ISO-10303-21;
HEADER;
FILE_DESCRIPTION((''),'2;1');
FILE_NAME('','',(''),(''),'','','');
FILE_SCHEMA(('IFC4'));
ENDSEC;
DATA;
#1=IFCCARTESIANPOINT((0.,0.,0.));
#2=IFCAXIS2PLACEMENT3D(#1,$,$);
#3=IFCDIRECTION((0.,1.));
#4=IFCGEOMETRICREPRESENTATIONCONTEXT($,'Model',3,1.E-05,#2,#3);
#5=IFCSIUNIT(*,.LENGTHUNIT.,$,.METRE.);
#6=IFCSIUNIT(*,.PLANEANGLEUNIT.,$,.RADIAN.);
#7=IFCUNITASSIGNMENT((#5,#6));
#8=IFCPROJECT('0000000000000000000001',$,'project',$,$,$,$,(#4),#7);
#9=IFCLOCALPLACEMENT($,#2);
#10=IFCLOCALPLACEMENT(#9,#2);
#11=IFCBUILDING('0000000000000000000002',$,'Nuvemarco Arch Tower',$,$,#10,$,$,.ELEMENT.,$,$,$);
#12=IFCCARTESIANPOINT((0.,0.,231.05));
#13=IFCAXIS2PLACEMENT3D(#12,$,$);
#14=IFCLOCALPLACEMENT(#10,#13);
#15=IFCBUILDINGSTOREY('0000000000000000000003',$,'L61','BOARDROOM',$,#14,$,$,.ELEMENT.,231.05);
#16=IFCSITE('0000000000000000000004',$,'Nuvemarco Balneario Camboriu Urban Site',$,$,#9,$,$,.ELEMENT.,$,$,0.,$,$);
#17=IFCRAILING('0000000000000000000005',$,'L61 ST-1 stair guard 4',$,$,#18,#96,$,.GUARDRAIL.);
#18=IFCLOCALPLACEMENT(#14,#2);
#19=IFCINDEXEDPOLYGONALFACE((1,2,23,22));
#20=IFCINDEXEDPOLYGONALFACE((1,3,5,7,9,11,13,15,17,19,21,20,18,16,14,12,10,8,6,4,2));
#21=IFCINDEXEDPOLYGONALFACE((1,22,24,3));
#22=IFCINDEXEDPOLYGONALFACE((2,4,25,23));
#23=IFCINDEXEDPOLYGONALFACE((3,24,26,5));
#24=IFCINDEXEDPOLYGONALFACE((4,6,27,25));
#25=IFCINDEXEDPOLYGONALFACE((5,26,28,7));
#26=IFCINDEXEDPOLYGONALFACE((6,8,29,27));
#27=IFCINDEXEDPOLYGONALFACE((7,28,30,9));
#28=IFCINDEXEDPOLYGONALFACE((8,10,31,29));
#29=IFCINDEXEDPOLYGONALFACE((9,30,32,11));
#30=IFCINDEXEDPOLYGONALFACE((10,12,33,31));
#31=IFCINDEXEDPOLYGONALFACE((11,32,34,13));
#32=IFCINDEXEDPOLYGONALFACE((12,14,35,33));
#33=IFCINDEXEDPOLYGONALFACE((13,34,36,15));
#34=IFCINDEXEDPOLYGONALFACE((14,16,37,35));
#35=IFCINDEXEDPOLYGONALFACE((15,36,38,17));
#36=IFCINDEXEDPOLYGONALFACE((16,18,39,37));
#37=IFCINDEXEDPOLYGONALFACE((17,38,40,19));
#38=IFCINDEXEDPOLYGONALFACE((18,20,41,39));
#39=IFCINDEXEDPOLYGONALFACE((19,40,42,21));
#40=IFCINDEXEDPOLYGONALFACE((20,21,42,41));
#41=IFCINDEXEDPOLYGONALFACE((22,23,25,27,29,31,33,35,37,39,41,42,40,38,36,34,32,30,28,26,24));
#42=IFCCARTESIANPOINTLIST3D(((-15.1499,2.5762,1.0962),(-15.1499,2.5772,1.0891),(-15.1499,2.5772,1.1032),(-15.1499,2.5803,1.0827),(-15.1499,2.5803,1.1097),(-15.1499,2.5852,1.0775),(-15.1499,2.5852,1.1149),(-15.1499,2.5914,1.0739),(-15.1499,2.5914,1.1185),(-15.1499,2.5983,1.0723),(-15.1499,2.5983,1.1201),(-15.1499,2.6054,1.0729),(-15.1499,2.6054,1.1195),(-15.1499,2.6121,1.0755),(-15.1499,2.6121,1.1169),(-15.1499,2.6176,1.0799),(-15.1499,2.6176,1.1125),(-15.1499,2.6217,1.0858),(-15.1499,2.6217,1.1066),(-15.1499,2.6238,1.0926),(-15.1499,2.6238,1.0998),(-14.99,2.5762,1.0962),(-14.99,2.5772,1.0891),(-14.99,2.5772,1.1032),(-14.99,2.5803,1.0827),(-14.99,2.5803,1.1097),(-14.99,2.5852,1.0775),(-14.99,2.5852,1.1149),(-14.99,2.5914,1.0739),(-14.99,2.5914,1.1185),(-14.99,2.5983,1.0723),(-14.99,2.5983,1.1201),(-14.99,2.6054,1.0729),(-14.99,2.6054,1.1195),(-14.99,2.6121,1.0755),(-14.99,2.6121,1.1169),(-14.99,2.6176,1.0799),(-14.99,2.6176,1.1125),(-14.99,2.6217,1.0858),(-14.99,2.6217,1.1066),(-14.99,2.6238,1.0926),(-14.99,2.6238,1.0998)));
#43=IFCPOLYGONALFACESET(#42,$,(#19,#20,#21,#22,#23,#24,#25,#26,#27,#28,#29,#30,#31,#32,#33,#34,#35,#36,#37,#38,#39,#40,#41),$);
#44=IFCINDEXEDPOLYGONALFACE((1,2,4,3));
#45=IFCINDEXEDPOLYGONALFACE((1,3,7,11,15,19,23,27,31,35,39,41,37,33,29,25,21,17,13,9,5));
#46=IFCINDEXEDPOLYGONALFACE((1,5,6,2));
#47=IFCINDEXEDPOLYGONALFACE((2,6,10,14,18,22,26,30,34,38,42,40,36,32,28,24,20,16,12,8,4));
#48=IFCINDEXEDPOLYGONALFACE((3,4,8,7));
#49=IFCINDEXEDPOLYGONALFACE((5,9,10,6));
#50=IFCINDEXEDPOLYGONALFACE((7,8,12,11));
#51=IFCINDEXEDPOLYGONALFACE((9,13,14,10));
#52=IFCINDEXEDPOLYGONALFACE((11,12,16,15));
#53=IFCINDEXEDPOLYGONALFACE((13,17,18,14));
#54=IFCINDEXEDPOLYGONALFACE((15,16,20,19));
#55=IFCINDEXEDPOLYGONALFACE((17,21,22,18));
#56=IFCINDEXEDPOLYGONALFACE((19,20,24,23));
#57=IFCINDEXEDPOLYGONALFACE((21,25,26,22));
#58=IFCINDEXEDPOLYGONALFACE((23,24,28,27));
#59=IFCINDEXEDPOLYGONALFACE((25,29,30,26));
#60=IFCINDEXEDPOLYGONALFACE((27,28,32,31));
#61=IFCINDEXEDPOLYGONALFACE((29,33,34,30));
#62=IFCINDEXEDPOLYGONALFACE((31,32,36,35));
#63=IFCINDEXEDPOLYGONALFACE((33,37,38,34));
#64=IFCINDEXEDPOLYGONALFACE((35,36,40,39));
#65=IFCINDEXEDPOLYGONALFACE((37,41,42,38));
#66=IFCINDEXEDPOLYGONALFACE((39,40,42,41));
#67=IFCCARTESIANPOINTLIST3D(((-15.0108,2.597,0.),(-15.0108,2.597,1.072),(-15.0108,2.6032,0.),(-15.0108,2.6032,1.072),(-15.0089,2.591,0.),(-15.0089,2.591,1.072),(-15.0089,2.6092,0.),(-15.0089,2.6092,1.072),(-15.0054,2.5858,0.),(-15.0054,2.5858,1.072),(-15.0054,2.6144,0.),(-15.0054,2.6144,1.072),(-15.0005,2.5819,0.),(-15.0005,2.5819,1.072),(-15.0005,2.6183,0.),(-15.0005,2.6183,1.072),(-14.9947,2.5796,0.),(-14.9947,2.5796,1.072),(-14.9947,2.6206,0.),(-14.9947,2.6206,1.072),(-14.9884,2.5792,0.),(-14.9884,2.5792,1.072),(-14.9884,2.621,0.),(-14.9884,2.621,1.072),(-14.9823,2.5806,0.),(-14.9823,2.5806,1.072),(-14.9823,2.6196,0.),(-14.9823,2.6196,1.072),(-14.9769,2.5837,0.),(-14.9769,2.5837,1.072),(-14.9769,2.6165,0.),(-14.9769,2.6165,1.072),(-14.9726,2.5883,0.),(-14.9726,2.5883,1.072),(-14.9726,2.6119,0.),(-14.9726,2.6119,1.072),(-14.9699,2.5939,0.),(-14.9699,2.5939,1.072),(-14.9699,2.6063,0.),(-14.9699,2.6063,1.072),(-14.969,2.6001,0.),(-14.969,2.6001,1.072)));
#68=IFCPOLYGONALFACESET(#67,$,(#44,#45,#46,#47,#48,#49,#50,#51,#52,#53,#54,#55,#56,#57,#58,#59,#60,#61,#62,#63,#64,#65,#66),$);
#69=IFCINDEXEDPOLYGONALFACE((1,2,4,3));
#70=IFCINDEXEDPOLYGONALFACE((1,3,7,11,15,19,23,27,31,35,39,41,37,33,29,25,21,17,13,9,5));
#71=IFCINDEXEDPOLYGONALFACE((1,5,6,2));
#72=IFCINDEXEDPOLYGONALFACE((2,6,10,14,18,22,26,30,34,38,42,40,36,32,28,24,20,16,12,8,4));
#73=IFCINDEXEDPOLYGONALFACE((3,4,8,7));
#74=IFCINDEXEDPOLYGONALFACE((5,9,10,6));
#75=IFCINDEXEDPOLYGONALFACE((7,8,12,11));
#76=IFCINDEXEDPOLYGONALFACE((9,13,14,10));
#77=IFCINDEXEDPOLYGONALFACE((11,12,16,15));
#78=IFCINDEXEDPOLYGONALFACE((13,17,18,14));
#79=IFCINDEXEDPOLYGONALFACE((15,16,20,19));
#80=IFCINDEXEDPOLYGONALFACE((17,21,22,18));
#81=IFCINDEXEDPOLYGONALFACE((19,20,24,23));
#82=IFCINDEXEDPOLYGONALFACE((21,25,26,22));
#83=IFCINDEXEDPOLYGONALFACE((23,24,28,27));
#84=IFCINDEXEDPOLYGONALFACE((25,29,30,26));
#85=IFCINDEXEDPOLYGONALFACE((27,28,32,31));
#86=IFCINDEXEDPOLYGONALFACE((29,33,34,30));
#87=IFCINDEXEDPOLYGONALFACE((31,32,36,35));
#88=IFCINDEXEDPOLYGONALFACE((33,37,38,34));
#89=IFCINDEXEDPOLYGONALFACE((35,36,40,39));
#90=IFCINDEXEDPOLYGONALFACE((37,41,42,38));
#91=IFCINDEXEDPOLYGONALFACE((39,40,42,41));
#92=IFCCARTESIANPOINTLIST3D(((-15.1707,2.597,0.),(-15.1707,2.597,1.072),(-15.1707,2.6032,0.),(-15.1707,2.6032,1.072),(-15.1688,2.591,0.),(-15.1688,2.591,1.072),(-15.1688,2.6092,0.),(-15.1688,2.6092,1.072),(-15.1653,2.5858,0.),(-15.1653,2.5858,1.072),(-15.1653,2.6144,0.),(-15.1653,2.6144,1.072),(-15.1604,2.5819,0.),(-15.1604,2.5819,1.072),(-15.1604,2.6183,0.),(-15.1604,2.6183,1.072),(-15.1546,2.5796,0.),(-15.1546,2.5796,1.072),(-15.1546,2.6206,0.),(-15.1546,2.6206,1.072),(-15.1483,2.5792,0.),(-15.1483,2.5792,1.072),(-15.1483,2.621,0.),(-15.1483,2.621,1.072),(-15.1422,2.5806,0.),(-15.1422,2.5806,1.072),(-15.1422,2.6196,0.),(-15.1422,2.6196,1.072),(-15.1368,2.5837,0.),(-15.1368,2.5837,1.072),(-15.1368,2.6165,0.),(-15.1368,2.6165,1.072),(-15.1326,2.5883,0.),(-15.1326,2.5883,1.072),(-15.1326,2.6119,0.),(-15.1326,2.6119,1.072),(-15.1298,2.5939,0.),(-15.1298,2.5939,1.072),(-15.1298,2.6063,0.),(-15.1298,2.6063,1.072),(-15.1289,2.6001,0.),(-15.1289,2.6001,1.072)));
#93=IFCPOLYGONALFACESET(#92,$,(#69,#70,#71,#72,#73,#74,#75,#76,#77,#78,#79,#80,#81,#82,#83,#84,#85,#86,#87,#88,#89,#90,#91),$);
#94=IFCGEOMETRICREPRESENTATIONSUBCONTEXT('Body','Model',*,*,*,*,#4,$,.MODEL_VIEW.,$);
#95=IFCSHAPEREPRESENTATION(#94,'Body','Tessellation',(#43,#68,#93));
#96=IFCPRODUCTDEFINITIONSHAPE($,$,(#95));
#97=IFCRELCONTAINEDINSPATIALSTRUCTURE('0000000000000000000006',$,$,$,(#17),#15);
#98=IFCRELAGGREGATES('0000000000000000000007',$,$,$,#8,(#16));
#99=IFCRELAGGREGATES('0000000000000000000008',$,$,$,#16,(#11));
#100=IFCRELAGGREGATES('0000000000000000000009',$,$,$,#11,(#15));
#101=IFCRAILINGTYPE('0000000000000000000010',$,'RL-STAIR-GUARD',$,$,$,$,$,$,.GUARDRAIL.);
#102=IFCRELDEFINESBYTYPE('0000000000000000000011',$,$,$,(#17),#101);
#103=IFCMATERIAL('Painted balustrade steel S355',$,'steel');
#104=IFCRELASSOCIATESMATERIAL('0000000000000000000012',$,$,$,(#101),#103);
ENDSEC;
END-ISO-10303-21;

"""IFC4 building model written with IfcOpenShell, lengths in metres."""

from ifc_helpers import new_model, si_unit, direction, frame, origin, origin_2d, place, context, subcontext, project, spatial, circle, extrude, material, type_object, element, save


model = new_model("IFC4")

# Units and contexts
model_context = context("Model", 3, precision=1e-05, world=origin(), true_north=direction((0.0, 1.0)))
body_context = subcontext(model_context, "Body", "Model", "MODEL_VIEW")
ifc_project = project(units=[si_unit("LENGTHUNIT", "METRE"), si_unit("PLANEANGLEUNIT", "RADIAN")], contexts=[model_context])

# Site, building, storey
site_placement = place(None, origin())
site = spatial("IfcSite", under=ifc_project, at=site_placement, Name="Nuvemarco Balneario Camboriu Urban Site", CompositionType="ELEMENT", RefElevation=0.0)
building_placement = place(site_placement, origin())
building = spatial("IfcBuilding", under=site, at=building_placement, Name="Nuvemarco Arch Tower", CompositionType="ELEMENT")
storey_placement = place(building_placement, frame((0.0, 0.0, 231.05)))
storey = spatial("IfcBuildingStorey", under=building, at=storey_placement, Name="L61", Description="BOARDROOM", CompositionType="ELEMENT", Elevation=231.05)

# Railing
ifc_material_1 = material(Name="Painted balustrade steel S355", Category="steel")
railing_type_1 = type_object("IfcRailingType", Name="RL-STAIR-GUARD", PredefinedType="GUARDRAIL", material=ifc_material_1)
railing_1_placement = place(storey_placement, frame((-14.99, 2.6001, 0.0)))
element("IfcRailing", 1, at=railing_1_placement, inside=storey, type_object=railing_type_1, Name="L61 ST-1 stair guard 4", PredefinedType="GUARDRAIL", context=body_context, shape_type="SweptSolid", body=[
    extrude(circle(Radius=0.0239, at=origin_2d()), frame((0.0, 0.0, 1.0962), z_axis=(-1.0, 0.0, 0.0), x_axis=(0.0, -1.0, 0.0)), (0.0, 0.0, 1.0), 0.1599),
    extrude(circle(Radius=0.021, at=origin_2d()), origin(), (0.0, 0.0, 1.0), 1.072),
    extrude(circle(Radius=0.021, at=origin_2d()), frame((-0.1599, 0.0, 0.0)), (0.0, 0.0, 1.0), 1.072),
])

save(model, "model.ifc")
